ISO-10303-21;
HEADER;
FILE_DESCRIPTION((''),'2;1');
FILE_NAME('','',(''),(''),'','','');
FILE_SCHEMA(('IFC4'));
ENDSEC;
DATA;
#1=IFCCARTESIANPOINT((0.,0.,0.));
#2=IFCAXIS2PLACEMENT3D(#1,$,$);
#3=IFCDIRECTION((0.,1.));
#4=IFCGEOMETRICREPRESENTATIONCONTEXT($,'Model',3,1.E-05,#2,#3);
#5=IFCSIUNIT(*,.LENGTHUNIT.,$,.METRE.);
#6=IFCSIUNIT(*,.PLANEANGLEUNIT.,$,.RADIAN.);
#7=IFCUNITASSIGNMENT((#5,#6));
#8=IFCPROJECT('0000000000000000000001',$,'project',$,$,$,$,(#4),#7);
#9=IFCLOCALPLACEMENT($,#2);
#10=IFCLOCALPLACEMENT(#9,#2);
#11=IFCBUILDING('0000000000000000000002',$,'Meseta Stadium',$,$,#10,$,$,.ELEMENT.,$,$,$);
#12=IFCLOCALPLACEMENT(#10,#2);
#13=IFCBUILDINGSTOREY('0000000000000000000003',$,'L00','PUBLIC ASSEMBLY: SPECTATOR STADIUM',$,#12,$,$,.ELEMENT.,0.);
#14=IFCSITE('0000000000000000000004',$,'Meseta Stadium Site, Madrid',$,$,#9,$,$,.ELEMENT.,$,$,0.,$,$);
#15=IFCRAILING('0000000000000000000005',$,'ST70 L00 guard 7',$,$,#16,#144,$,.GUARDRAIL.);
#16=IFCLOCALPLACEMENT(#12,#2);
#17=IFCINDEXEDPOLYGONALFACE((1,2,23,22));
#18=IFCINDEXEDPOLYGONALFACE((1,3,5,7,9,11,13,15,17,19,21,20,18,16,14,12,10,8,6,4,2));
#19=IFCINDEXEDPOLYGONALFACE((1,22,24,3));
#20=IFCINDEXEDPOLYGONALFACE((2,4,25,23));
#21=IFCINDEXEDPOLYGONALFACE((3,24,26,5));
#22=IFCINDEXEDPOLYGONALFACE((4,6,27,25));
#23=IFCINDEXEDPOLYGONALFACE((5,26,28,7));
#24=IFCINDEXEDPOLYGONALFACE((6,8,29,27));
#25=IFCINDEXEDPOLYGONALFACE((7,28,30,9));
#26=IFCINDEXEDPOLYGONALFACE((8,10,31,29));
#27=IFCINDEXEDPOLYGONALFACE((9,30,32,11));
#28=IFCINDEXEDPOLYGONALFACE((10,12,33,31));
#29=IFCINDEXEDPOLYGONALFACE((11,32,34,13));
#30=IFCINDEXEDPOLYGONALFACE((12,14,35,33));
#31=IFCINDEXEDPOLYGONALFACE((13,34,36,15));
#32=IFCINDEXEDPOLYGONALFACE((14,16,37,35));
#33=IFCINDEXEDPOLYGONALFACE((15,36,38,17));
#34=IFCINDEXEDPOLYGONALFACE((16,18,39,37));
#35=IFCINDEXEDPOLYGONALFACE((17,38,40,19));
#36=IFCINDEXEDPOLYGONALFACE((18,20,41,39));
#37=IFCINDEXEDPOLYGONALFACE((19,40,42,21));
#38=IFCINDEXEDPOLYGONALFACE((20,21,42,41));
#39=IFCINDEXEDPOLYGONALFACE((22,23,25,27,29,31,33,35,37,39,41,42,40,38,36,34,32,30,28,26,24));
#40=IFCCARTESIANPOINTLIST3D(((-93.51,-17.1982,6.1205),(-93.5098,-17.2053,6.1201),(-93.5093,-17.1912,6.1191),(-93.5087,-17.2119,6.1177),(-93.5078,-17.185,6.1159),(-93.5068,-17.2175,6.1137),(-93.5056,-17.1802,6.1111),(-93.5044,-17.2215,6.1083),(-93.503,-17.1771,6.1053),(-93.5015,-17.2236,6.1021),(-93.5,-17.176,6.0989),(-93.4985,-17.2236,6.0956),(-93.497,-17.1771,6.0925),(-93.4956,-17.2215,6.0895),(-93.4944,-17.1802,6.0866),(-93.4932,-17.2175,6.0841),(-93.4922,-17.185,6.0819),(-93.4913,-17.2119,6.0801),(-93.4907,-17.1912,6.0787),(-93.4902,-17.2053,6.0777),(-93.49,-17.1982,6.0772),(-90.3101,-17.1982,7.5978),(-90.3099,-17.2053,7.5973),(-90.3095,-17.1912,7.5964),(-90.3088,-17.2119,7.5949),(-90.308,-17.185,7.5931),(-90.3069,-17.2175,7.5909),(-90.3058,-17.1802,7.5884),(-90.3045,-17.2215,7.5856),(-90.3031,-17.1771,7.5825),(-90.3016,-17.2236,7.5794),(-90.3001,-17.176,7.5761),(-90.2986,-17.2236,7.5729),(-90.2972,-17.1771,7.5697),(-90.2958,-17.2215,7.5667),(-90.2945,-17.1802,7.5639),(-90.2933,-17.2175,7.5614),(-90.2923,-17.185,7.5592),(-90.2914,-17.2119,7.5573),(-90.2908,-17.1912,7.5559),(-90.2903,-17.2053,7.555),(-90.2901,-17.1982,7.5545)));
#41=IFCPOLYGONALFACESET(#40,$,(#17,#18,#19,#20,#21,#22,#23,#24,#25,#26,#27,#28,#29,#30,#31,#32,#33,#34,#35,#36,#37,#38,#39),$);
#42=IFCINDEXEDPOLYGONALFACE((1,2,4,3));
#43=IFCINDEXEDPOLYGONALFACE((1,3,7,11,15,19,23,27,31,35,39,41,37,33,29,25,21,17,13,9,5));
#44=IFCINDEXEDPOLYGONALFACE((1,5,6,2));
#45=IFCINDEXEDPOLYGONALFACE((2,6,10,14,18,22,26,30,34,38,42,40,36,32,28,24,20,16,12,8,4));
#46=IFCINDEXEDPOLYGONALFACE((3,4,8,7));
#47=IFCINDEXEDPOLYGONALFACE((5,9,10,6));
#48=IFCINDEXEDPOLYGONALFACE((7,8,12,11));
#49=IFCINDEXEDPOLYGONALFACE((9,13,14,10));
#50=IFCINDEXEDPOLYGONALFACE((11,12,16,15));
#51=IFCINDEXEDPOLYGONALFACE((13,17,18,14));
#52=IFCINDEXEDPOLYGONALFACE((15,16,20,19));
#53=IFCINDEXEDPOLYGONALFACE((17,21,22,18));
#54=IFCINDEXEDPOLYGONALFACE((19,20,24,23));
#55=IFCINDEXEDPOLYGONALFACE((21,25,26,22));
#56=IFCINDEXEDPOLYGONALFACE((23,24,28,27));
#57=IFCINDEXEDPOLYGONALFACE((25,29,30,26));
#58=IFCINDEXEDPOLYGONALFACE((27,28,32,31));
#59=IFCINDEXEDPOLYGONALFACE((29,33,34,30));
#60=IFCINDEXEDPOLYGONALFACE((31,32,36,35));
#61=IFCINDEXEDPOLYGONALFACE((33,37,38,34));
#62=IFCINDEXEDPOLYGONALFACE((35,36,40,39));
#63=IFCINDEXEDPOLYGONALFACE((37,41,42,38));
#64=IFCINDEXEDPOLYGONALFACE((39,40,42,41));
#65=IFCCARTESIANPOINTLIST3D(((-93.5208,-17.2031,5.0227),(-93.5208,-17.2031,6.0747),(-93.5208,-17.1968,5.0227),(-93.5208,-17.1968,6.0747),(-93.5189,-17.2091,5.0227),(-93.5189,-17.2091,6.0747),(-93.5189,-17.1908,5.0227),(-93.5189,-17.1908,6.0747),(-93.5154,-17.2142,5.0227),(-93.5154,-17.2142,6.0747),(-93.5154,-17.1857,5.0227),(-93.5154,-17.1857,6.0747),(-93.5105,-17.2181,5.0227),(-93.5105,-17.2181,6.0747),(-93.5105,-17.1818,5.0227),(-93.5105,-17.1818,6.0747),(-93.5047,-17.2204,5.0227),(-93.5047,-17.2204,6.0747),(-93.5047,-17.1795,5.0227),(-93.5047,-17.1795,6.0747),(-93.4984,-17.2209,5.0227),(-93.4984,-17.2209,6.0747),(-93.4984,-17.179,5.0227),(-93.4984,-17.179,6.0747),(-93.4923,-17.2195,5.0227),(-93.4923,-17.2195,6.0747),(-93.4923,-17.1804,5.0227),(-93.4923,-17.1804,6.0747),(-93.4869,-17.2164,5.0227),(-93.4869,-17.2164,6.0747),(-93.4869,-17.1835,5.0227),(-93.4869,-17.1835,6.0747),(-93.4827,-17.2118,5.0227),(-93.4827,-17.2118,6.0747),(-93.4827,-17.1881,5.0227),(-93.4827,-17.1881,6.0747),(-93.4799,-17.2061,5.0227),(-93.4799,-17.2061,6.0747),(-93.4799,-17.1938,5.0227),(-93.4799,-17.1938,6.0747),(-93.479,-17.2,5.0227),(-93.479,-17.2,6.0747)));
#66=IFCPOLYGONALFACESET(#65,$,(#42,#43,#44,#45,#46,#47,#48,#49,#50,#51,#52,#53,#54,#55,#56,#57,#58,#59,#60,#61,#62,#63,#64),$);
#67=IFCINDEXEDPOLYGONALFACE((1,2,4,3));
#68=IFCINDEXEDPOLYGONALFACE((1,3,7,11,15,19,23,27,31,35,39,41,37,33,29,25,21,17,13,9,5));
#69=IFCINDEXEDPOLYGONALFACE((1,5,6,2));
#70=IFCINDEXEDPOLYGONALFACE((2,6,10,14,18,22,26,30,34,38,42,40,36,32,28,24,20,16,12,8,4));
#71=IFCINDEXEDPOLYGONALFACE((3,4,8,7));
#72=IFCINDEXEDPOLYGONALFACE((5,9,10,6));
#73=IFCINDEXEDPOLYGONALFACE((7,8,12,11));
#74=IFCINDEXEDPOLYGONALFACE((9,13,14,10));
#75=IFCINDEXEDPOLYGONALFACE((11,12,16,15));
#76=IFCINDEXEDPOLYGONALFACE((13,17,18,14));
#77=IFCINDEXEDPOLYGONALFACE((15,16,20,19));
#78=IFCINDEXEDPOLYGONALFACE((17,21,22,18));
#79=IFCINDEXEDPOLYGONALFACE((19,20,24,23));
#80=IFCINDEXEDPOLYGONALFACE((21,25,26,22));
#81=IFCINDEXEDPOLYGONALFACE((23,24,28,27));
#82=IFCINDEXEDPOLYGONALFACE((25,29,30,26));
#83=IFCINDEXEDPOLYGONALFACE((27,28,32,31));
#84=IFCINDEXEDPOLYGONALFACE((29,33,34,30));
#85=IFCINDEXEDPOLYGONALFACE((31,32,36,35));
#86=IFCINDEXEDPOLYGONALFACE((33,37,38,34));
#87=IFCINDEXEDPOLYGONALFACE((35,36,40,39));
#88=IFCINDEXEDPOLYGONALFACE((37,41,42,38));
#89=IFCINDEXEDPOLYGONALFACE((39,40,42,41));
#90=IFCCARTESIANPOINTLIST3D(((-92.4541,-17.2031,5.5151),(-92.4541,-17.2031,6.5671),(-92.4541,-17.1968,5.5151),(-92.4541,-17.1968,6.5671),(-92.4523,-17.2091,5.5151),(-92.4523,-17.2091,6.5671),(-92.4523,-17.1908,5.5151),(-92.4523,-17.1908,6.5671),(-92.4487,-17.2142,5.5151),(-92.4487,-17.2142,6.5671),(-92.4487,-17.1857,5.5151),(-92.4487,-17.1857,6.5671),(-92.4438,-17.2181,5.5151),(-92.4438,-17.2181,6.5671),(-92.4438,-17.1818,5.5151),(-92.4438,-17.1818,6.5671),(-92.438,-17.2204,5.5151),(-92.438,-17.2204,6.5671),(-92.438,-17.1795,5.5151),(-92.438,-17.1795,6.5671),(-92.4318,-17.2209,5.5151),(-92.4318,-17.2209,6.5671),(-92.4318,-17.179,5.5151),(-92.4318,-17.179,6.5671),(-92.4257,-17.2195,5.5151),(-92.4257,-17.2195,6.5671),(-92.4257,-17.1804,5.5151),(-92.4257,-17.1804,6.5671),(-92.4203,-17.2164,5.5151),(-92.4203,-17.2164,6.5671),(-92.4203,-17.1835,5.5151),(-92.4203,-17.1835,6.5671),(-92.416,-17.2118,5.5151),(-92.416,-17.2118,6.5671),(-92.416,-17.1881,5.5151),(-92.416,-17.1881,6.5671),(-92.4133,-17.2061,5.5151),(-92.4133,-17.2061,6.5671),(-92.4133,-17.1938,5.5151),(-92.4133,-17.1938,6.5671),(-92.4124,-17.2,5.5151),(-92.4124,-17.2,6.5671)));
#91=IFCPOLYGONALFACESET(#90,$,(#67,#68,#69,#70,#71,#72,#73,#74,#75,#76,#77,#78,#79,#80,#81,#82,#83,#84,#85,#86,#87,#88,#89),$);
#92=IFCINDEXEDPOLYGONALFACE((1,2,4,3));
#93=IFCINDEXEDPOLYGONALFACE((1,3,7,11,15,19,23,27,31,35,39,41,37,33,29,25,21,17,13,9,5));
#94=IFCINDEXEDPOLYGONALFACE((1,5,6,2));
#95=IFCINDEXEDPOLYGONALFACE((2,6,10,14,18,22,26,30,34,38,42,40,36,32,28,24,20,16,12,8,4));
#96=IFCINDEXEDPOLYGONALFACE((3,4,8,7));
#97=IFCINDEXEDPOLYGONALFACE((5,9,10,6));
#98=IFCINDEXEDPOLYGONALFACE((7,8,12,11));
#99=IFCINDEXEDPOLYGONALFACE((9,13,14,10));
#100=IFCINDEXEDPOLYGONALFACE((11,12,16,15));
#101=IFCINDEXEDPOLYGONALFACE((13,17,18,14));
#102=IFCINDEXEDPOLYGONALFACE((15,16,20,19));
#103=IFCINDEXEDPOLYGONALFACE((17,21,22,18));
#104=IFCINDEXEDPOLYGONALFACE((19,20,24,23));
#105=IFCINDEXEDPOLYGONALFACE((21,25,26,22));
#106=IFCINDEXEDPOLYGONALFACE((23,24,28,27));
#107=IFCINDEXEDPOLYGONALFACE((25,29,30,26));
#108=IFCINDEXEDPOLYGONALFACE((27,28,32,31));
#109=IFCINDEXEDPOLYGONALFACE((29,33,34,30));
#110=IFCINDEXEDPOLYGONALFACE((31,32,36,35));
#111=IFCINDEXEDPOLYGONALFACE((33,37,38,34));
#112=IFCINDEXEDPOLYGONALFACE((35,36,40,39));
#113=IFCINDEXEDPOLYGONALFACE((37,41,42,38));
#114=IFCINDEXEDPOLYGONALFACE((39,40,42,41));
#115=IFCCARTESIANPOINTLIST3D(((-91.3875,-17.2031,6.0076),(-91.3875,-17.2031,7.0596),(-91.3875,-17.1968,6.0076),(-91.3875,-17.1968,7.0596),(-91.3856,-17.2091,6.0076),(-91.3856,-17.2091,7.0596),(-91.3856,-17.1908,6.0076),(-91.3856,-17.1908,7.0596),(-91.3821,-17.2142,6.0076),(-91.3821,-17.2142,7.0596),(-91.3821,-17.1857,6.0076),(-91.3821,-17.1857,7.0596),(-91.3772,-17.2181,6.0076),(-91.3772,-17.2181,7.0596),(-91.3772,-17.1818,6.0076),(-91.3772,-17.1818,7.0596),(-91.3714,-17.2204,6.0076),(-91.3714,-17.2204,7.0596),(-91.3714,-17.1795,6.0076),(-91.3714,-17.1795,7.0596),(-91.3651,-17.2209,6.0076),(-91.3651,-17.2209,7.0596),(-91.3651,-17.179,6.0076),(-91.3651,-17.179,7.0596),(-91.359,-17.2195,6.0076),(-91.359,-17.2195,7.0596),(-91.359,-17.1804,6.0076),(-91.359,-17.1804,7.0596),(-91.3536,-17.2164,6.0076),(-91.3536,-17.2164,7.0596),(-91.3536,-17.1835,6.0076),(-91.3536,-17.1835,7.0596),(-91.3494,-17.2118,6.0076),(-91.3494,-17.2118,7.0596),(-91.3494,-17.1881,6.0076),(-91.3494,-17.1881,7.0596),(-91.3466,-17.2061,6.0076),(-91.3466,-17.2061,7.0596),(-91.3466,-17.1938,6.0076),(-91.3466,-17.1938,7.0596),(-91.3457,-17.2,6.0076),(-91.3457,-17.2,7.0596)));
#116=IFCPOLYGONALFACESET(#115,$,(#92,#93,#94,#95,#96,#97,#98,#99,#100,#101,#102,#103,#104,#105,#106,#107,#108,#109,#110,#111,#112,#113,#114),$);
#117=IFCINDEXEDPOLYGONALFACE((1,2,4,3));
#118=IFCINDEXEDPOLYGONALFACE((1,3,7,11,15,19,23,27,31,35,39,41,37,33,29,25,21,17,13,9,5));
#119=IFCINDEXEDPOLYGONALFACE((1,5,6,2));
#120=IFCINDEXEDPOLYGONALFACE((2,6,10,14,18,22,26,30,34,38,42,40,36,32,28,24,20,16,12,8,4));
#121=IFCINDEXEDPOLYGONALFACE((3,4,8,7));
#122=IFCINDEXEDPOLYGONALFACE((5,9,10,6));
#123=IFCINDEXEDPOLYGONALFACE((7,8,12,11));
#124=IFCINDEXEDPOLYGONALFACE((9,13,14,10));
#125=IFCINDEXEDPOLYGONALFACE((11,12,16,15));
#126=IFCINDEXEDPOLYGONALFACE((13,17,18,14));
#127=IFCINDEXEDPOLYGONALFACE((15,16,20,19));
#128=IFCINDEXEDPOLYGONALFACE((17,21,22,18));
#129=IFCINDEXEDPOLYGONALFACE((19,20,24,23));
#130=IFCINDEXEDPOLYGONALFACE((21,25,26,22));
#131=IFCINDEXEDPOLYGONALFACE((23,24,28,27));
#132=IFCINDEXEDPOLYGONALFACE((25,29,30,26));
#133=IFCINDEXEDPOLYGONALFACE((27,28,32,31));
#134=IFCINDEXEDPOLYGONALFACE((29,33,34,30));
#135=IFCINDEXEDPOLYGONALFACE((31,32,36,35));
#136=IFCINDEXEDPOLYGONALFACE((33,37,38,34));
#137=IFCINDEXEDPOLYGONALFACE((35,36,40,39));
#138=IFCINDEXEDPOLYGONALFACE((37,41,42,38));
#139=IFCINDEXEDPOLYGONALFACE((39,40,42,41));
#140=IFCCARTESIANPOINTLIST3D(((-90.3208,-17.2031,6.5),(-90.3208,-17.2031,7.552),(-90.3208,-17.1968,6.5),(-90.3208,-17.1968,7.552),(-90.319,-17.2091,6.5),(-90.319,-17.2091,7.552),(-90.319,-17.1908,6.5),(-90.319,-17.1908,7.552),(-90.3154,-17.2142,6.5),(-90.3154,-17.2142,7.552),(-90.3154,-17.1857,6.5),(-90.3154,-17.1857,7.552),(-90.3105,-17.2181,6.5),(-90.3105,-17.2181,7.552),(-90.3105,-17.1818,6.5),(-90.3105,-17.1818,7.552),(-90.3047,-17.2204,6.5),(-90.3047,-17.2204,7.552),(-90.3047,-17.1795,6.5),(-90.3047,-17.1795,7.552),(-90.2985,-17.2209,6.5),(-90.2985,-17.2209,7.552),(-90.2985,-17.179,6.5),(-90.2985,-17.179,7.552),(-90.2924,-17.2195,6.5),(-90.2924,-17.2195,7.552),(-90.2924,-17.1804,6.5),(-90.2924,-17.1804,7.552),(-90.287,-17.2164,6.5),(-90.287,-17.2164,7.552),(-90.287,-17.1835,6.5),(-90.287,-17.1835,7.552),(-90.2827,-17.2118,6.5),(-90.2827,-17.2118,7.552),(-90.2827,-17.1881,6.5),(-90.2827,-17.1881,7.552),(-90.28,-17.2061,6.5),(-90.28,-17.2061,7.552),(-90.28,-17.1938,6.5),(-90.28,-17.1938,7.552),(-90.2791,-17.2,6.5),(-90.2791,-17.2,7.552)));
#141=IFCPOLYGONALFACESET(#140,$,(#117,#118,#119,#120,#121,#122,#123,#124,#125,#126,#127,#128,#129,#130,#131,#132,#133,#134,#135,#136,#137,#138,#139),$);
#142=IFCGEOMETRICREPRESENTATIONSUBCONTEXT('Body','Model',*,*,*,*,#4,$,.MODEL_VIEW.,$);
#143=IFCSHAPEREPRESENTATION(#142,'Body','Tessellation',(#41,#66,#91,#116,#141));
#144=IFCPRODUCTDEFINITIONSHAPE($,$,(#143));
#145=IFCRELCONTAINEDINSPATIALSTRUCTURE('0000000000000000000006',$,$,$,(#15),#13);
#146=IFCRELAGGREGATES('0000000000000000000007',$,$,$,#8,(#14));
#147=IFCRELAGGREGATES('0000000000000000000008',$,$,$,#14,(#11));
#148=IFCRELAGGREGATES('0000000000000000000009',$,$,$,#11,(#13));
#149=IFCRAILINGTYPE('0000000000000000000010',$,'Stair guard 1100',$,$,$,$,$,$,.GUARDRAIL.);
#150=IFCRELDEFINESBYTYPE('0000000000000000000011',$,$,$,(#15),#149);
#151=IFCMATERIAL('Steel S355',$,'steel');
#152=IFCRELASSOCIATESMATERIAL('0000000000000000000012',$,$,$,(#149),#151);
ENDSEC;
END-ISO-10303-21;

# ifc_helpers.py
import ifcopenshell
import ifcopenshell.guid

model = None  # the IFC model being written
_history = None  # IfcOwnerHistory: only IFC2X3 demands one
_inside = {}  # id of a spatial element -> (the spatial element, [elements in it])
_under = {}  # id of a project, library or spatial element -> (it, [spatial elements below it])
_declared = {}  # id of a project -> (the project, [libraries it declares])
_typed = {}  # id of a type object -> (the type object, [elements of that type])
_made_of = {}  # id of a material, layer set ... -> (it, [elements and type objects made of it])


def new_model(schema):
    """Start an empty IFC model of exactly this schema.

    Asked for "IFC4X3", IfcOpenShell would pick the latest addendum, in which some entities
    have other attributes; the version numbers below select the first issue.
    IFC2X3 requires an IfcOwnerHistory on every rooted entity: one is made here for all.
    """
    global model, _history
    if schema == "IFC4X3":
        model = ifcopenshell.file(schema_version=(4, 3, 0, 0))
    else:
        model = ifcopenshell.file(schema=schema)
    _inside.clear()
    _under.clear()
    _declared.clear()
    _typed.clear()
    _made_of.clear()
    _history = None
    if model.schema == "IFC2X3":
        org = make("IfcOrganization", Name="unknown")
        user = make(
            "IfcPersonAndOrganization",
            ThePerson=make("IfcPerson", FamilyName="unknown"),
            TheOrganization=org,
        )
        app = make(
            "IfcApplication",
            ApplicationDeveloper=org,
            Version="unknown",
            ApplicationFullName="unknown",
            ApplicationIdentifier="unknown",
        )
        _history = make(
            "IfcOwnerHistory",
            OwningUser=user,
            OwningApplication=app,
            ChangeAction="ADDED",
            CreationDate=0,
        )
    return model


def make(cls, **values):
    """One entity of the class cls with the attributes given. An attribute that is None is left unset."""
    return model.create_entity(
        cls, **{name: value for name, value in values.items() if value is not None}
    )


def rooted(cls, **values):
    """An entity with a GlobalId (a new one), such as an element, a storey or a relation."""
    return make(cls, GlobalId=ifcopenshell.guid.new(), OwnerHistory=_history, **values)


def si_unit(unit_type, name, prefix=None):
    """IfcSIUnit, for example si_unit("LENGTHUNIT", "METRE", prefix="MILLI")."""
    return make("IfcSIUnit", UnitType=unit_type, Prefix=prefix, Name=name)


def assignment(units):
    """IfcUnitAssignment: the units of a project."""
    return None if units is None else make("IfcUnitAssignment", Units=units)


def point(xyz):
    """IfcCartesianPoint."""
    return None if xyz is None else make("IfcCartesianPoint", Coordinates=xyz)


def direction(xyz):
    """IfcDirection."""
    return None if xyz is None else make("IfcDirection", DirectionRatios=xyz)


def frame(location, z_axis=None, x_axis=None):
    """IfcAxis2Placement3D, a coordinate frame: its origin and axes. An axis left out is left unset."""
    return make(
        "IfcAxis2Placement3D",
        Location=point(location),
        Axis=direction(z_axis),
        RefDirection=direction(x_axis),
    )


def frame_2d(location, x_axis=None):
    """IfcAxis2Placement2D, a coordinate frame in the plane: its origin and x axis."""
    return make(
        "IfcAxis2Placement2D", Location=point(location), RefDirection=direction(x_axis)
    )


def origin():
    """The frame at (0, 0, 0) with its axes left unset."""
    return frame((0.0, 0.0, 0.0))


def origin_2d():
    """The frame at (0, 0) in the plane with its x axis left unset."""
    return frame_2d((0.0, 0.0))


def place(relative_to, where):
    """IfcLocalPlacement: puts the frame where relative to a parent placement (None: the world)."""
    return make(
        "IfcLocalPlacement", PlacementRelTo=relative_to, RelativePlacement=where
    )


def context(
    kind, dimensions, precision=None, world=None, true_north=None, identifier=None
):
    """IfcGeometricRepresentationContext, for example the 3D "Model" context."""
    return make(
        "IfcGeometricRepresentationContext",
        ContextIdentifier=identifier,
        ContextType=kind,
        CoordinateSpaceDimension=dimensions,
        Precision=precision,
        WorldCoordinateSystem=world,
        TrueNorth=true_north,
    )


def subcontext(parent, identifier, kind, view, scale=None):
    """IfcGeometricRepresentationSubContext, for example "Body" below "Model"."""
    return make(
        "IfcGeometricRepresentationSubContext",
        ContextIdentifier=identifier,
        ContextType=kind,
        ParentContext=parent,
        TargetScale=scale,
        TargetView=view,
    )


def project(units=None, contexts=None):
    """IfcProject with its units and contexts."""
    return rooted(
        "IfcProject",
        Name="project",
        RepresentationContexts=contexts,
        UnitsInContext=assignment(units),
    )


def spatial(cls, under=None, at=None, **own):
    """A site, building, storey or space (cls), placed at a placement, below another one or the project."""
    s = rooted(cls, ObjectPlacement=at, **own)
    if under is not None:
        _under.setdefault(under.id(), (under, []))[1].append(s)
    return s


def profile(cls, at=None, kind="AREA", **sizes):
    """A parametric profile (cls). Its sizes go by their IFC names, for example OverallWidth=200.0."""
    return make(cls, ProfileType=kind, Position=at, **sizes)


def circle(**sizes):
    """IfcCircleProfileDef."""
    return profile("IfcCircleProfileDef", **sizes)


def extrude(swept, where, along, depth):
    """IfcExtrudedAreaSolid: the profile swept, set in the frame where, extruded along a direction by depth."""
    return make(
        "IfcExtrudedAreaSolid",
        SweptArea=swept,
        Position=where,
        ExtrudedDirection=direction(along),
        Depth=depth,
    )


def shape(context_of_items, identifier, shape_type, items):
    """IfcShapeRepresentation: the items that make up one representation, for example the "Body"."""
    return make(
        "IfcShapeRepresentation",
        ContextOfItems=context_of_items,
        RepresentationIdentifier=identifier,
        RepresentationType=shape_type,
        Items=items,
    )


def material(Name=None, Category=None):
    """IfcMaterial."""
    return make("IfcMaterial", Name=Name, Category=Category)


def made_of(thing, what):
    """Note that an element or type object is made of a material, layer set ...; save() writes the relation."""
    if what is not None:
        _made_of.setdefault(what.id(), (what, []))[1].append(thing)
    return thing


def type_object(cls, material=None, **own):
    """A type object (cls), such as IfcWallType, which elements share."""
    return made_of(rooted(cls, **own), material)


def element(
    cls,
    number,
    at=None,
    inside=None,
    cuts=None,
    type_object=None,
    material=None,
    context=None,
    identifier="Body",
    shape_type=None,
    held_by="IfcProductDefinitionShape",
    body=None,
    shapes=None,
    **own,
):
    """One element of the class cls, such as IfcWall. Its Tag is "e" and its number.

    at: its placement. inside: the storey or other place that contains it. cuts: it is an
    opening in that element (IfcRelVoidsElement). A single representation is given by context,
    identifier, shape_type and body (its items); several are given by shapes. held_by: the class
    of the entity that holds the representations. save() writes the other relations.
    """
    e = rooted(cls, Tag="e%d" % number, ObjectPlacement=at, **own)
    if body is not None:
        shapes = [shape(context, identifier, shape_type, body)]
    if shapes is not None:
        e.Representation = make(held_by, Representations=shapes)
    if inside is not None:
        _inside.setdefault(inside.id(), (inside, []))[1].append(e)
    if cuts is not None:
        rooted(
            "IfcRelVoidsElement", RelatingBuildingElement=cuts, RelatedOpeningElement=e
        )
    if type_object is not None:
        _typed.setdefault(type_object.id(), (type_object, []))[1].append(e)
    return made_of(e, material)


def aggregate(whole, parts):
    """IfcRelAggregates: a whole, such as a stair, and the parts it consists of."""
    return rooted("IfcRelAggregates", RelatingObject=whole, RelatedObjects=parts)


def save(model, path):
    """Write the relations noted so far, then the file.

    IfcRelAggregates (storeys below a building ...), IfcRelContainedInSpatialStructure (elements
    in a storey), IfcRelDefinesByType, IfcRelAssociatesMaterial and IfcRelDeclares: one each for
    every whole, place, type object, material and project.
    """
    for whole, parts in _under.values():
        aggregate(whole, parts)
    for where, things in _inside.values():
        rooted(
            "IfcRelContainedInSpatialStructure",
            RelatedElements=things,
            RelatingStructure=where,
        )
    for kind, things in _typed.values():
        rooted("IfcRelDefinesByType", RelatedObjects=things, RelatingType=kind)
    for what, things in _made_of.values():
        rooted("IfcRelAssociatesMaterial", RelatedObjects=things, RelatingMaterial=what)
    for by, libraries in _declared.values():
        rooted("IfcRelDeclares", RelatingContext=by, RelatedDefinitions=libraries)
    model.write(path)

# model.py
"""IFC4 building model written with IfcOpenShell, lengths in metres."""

from ifc_helpers import new_model, si_unit, direction, frame, origin, origin_2d, place, context, subcontext, project, spatial, circle, extrude, material, type_object, element, save


model = new_model("IFC4")

# Units and contexts
model_context = context("Model", 3, precision=1e-05, world=origin(), true_north=direction((0.0, 1.0)))
body_context = subcontext(model_context, "Body", "Model", "MODEL_VIEW")
ifc_project = project(units=[si_unit("LENGTHUNIT", "METRE"), si_unit("PLANEANGLEUNIT", "RADIAN")], contexts=[model_context])

# Site, building, storey
site_placement = place(None, origin())
site = spatial("IfcSite", under=ifc_project, at=site_placement, Name="Meseta Stadium Site, Madrid", CompositionType="ELEMENT", RefElevation=0.0)
building_placement = place(site_placement, origin())
building = spatial("IfcBuilding", under=site, at=building_placement, Name="Meseta Stadium", CompositionType="ELEMENT")
storey_placement = place(building_placement, origin())
storey = spatial("IfcBuildingStorey", under=building, at=storey_placement, Name="L00", Description="PUBLIC ASSEMBLY: SPECTATOR STADIUM", CompositionType="ELEMENT", Elevation=0.0)

# Railing
ifc_material_1 = material(Name="Steel S355", Category="steel")
railing_type_1 = type_object("IfcRailingType", Name="Stair guard 1100", PredefinedType="GUARDRAIL", material=ifc_material_1)
railing_1_placement = place(storey_placement, frame((-93.5, -17.2, 5.0227)))
element("IfcRailing", 1, at=railing_1_placement, inside=storey, type_object=railing_type_1, Name="ST70 L00 guard 7", PredefinedType="GUARDRAIL", context=body_context, shape_type="SweptSolid", body=[
    extrude(circle(Radius=0.0239, at=origin_2d()), frame((0.0, 0.0, 1.0762), z_axis=(0.907917, 0.0, 0.41915), x_axis=(0.0, 1.0, 0.0)), (0.0, 0.0, 1.0), 3.5244),
    extrude(circle(Radius=0.021, at=origin_2d()), origin(), (0.0, 0.0, 1.0), 1.052),
    extrude(circle(Radius=0.021, at=origin_2d()), frame((1.0667, 0.0, 0.4924)), (0.0, 0.0, 1.0), 1.052),
    extrude(circle(Radius=0.021, at=origin_2d()), frame((2.1333, 0.0, 0.9849)), (0.0, 0.0, 1.0), 1.052),
    extrude(circle(Radius=0.021, at=origin_2d()), frame((3.2, 0.0, 1.4773)), (0.0, 0.0, 1.0), 1.052),
])

save(model, "model.ifc")
